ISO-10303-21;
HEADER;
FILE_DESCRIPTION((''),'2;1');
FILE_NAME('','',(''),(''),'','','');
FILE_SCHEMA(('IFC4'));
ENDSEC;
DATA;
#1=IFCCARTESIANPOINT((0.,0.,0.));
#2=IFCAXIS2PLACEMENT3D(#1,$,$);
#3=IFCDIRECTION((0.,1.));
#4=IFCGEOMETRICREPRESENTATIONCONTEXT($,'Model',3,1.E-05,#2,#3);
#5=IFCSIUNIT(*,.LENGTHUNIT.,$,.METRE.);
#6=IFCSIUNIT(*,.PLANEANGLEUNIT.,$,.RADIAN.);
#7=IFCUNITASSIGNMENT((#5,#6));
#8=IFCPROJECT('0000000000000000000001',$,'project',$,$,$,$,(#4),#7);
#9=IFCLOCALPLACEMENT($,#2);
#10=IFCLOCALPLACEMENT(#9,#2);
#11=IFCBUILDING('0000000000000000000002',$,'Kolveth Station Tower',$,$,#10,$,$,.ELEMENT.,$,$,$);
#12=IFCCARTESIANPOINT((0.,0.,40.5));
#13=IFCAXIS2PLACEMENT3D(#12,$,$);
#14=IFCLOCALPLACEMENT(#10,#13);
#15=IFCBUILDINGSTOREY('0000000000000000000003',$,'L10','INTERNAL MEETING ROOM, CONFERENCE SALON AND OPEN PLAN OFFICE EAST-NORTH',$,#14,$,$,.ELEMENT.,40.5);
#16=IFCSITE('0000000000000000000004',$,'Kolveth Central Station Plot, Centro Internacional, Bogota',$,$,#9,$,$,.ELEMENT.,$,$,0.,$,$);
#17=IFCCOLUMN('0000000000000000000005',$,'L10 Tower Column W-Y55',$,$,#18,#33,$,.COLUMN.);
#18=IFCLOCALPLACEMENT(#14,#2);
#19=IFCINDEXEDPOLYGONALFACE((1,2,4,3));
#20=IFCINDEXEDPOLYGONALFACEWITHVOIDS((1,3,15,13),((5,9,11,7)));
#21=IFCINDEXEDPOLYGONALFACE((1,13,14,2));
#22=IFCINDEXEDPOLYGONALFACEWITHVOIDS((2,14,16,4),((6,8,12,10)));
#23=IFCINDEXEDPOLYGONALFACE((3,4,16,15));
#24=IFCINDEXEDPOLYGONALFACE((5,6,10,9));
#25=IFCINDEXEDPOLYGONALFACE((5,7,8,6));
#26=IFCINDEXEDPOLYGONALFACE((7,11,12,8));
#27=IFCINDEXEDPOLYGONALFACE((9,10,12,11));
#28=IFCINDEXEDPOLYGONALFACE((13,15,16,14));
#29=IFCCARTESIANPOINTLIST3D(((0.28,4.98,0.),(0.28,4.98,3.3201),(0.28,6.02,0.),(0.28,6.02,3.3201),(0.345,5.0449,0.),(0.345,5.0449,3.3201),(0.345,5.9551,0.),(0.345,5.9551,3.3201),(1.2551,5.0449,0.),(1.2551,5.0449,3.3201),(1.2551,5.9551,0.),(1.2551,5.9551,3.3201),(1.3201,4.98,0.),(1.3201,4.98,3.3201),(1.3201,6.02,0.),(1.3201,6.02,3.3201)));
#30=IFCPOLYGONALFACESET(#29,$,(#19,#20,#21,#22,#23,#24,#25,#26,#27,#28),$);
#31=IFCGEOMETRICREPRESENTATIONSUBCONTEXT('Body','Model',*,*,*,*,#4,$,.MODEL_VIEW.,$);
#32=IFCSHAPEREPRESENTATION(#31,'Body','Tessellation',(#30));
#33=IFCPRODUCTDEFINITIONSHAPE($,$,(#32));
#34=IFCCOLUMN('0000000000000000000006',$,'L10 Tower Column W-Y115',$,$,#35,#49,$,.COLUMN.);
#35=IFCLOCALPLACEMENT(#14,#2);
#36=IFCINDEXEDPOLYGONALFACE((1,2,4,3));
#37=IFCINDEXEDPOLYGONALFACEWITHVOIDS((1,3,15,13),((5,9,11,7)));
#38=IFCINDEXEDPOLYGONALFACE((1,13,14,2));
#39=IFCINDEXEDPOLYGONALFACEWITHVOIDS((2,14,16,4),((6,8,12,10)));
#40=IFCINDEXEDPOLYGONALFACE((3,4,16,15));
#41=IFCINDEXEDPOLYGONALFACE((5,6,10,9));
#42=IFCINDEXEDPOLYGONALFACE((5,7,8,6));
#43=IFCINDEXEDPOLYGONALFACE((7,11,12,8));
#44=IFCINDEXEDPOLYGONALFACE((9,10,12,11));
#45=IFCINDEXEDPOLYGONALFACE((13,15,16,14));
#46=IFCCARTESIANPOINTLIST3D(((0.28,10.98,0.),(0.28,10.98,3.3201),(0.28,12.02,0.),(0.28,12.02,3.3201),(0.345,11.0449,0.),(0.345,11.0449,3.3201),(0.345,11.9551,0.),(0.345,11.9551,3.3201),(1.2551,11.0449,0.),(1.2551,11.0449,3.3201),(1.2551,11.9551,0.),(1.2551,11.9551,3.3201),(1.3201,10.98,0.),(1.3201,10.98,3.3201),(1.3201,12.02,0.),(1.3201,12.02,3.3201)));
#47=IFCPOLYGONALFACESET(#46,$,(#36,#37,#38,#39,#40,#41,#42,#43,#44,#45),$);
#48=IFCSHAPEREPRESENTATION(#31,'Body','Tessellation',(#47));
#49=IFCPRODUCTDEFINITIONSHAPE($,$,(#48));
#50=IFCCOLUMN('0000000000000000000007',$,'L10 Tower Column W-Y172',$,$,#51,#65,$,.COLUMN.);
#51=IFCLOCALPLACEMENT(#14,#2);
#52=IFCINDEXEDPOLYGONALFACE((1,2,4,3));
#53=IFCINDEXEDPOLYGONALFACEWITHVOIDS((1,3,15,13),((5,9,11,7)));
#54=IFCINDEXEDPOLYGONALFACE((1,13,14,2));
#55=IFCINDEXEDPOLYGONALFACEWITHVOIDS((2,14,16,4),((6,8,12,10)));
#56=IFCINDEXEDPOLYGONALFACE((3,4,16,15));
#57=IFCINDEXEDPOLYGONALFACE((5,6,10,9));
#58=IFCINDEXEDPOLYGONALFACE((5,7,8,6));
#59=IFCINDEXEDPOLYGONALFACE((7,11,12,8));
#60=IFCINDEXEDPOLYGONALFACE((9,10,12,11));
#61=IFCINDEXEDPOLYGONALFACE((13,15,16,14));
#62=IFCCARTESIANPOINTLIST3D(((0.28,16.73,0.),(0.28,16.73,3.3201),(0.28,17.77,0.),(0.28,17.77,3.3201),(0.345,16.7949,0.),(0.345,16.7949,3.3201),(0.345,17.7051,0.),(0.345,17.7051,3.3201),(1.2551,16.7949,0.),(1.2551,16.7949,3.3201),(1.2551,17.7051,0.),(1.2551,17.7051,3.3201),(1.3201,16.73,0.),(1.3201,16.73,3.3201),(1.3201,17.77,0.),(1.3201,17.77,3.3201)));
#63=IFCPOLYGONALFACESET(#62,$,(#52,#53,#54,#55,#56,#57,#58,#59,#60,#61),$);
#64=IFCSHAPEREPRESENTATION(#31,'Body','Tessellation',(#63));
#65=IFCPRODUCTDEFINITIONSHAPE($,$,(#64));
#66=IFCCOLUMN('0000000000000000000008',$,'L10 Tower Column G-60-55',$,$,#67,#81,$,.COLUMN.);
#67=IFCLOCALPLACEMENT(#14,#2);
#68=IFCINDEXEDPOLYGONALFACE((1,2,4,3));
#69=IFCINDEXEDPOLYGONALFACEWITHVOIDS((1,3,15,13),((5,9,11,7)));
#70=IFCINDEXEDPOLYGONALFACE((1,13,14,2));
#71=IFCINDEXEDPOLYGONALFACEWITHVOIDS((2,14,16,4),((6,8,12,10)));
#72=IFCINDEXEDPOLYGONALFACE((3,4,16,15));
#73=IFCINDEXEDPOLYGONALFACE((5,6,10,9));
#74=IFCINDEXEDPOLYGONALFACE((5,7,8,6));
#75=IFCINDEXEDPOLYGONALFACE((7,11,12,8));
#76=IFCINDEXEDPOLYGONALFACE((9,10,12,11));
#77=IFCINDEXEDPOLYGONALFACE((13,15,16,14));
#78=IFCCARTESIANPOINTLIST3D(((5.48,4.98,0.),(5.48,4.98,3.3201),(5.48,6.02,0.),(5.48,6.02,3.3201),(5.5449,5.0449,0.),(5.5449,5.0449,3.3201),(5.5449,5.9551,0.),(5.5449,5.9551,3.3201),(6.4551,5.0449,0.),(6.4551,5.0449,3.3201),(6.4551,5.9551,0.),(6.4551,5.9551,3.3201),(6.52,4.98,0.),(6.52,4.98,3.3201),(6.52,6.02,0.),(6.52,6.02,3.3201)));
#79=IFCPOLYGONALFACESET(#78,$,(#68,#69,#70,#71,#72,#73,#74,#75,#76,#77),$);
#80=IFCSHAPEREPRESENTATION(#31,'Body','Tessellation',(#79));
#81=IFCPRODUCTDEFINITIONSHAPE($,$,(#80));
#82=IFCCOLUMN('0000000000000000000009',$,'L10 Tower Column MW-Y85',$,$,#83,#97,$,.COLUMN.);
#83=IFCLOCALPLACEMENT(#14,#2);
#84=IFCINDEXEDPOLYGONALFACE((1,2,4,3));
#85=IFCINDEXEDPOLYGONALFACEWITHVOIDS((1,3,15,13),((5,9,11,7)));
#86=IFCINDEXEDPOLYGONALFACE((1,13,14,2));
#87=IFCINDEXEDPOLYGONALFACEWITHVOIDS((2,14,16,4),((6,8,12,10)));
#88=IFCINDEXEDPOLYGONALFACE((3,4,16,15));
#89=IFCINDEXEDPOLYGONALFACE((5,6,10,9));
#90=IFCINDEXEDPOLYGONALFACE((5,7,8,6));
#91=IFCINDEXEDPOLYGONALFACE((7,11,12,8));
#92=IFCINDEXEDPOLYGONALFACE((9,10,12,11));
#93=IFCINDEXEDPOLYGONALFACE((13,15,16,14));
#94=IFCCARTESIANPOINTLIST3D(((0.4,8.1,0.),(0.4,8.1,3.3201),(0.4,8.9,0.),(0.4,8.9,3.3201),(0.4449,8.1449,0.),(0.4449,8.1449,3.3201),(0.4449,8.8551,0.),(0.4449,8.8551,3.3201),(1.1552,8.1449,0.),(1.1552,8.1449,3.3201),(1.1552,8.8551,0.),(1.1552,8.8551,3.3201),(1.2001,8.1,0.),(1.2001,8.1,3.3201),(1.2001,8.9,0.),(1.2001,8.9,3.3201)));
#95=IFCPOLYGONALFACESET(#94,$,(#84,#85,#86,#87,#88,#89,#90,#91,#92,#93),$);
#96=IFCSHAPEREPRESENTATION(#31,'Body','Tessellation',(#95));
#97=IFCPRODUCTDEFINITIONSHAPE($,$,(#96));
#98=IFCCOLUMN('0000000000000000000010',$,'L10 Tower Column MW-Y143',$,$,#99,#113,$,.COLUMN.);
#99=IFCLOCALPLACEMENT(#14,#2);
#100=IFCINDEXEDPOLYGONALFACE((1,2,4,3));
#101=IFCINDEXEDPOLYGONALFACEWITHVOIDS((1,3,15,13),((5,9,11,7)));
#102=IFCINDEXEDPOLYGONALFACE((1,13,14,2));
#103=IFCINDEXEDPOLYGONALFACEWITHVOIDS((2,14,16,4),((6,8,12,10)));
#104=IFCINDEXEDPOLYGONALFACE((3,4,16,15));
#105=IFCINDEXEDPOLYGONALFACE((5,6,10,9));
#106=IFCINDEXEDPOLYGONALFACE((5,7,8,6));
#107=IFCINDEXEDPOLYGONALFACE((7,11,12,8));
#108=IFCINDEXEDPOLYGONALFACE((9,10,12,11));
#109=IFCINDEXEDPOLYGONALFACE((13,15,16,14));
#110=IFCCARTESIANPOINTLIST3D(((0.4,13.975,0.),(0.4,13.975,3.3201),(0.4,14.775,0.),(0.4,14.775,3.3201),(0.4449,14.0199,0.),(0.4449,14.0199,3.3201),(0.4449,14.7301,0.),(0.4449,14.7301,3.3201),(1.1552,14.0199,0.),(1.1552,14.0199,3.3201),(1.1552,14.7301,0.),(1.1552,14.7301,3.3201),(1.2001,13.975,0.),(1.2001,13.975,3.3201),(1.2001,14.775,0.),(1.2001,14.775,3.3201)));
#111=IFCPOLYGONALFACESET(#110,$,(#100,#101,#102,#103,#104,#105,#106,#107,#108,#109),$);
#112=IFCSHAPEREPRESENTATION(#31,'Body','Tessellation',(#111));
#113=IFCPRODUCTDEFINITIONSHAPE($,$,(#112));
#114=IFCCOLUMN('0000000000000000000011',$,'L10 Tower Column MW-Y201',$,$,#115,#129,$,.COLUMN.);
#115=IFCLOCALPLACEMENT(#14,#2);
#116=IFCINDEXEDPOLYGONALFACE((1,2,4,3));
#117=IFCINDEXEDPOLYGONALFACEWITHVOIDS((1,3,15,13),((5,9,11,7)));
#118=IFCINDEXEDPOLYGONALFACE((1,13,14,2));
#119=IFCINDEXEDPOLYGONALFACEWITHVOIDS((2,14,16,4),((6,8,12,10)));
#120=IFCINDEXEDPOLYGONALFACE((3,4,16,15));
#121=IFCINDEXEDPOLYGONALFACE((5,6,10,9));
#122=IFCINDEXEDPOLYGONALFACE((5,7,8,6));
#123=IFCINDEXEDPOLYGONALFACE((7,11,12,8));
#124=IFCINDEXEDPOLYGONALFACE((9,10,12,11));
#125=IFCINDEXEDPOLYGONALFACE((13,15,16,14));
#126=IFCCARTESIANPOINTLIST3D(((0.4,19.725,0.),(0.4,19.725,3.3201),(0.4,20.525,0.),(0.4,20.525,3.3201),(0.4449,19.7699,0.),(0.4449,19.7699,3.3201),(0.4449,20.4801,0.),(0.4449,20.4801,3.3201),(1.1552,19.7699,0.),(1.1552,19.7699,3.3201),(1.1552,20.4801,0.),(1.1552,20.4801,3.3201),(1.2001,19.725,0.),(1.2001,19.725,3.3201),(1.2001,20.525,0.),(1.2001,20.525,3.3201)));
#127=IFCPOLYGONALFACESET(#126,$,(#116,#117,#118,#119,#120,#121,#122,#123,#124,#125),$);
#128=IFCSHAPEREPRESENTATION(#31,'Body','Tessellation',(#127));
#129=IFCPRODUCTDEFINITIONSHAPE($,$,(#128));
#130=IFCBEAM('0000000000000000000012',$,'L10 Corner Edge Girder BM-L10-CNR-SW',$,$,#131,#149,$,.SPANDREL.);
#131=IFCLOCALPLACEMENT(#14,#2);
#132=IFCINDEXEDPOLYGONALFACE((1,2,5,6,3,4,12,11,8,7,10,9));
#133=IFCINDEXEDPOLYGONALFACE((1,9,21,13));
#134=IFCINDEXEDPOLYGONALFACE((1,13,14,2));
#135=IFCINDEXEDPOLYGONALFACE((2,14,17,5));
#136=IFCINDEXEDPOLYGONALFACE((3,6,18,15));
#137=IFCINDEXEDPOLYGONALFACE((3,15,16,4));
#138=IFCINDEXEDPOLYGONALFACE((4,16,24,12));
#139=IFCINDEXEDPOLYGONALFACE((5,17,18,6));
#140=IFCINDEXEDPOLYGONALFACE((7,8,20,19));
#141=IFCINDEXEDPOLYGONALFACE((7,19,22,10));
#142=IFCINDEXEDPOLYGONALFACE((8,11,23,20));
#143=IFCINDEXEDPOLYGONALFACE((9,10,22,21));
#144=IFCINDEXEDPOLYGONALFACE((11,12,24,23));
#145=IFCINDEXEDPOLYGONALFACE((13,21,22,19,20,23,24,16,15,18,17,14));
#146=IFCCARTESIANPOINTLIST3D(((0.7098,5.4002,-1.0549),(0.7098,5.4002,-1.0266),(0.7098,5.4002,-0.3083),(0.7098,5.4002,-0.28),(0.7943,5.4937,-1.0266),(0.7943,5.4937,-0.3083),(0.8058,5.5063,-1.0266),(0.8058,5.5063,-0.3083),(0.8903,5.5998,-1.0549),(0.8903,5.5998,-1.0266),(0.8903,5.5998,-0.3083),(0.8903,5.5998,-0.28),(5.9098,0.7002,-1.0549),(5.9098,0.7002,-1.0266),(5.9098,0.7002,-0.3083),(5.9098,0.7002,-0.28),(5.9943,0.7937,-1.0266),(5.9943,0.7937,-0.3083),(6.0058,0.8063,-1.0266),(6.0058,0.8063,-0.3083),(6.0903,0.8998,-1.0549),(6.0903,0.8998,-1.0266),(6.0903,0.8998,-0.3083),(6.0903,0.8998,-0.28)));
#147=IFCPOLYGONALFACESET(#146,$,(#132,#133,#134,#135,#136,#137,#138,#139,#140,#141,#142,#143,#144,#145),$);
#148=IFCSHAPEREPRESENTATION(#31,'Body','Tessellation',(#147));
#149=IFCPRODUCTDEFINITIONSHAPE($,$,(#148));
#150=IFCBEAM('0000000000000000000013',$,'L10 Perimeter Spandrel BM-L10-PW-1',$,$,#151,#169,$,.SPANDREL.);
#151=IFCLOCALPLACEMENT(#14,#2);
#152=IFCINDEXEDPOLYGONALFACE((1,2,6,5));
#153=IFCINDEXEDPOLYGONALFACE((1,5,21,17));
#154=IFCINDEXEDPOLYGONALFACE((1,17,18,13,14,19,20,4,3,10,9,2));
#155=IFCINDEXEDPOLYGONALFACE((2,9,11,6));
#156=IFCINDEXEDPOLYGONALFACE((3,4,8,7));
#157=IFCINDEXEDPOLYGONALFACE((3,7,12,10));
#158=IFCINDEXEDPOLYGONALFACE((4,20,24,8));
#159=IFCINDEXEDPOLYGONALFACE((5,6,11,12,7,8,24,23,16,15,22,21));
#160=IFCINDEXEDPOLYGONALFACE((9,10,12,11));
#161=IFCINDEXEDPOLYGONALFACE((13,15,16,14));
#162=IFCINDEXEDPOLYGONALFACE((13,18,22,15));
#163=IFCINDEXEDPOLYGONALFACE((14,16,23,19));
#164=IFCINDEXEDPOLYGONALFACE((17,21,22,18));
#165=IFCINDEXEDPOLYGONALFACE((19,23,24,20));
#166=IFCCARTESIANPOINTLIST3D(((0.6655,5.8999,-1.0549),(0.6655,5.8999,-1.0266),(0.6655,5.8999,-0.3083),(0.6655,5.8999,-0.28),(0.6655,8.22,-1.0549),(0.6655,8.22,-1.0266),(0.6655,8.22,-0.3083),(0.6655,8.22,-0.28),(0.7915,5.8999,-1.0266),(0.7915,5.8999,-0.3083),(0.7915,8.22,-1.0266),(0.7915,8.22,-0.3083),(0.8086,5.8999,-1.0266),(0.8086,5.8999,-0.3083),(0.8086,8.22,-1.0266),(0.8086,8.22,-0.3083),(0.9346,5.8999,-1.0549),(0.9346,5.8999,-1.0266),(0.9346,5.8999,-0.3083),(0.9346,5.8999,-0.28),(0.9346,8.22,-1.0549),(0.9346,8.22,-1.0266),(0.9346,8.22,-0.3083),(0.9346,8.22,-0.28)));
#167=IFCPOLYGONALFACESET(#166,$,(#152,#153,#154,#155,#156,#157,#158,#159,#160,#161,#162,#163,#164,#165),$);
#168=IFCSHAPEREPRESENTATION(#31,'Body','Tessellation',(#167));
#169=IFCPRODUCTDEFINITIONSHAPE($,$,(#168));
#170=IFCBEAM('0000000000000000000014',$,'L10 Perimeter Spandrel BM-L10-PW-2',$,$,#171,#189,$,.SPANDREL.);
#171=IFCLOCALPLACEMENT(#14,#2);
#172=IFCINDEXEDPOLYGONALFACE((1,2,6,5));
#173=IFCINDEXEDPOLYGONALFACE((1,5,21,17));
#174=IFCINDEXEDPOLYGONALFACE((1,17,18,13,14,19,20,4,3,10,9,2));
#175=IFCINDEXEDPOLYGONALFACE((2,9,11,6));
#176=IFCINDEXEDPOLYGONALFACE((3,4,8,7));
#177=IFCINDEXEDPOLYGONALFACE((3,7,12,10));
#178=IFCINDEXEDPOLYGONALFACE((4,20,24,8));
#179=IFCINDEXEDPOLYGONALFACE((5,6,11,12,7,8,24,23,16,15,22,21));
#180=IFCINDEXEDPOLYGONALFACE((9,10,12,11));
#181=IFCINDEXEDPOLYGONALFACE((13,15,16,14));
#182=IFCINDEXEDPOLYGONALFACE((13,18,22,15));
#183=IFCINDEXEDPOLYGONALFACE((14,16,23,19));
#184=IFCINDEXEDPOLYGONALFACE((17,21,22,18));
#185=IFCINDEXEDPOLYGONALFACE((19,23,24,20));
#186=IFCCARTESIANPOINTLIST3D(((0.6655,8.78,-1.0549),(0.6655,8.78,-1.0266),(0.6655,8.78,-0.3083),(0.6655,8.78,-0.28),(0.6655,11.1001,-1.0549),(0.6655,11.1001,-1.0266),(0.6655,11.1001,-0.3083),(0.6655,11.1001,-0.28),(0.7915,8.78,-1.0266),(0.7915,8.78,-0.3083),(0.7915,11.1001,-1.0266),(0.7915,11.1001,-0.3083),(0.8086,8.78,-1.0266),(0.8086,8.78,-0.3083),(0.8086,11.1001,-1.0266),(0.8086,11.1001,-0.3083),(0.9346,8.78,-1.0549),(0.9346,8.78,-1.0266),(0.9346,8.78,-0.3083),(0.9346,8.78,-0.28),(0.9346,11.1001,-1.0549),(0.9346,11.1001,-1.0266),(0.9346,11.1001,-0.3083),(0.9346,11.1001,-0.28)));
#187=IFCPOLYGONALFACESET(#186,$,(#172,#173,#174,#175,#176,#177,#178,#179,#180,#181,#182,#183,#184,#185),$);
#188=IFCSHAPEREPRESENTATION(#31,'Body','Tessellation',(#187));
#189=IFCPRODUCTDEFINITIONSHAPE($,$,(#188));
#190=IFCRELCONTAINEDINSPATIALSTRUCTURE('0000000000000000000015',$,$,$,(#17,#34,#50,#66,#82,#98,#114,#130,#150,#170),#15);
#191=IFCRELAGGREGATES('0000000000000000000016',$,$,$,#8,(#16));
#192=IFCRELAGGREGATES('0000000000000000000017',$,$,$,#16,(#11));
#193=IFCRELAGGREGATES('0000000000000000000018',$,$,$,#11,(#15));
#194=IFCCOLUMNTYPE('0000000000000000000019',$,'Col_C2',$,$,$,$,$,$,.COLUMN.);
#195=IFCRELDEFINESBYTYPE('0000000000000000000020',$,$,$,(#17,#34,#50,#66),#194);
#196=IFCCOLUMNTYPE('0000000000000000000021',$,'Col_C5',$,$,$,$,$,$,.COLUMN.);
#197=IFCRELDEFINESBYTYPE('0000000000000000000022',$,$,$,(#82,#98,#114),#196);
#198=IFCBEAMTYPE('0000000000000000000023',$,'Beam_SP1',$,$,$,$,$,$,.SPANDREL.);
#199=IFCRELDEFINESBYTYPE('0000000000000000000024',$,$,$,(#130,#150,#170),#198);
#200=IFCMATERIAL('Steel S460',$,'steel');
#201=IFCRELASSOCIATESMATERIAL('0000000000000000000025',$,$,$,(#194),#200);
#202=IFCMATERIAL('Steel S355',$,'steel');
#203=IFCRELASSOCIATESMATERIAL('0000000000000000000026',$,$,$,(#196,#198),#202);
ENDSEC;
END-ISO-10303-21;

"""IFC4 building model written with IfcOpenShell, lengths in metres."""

from ifc_helpers import new_model, si_unit, direction, frame, origin, origin_2d, place, context, subcontext, project, spatial, hollow_rectangle, i_section, extrude, source, transform, mapped, material, material_profile, profile_set, type_object, element, save


model = new_model("IFC4")

# Units and contexts
model_context = context("Model", 3, precision=1e-05, world=origin(), true_north=direction((0.0, 1.0)))
body_context = subcontext(model_context, "Body", "Model", "MODEL_VIEW")
ifc_project = project(units=[si_unit("LENGTHUNIT", "METRE"), si_unit("PLANEANGLEUNIT", "RADIAN")], contexts=[model_context])

# Site, building, storey
site_placement = place(None, origin())
site = spatial("IfcSite", under=ifc_project, at=site_placement, Name="Kolveth Central Station Plot, Centro Internacional, Bogota", CompositionType="ELEMENT", RefElevation=0.0)
building_placement = place(site_placement, origin())
building = spatial("IfcBuilding", under=site, at=building_placement, Name="Kolveth Station Tower", CompositionType="ELEMENT")
storey_placement = place(building_placement, frame((0.0, 0.0, 40.5)))
storey = spatial("IfcBuildingStorey", under=building, at=storey_placement, Name="L10", Description="INTERNAL MEETING ROOM, CONFERENCE SALON AND OPEN PLAN OFFICE EAST-NORTH", CompositionType="ELEMENT", Elevation=40.5)

# Columns
ifc_material_1 = material(Name="Steel S460", Category="steel")
ifc_material_profile_1 = material_profile(ifc_material_1, hollow_rectangle(XDim=1.04, YDim=1.04, WallThickness=0.0649, at=origin_2d()), Name="BOX1040x1040x65")
ifc_profile_set_1 = profile_set([ifc_material_profile_1], Name="Steel S460")
column_type_1 = type_object("IfcColumnType", Name="Col_C2", PredefinedType="COLUMN", material=ifc_profile_set_1)
shared_shape_1 = source(origin(), body_context, "Body", "SweptSolid", [
    extrude(hollow_rectangle(XDim=1.04, YDim=1.04, WallThickness=0.0649, at=origin_2d()), origin(), (0.0, 0.0, 1.0), 3.3201),
])
for number, where, z_axis, x_axis, name in (
    (1, (0.8, 5.5, 0.0), (0.0, 0.0, 1.0), (1.0, 0.0, 0.0), "L10 Tower Column W-Y55"),
    (2, (0.8, 11.5, 0.0), (0.0, 0.0, 1.0), (1.0, 0.0, 0.0), "L10 Tower Column W-Y115"),
    (3, (0.8, 17.25, 0.0), (0.0, 0.0, 1.0), (1.0, 0.0, 0.0), "L10 Tower Column W-Y172"),
    (4, (6.0, 5.5, 0.0), (0.0, 0.0, 1.0), (1.0, 0.0, 0.0), "L10 Tower Column G-60-55"),
):
    element("IfcColumn", number, at=place(storey_placement, frame(where, z_axis=z_axis, x_axis=x_axis)), inside=storey, type_object=column_type_1, Name=name, PredefinedType="COLUMN", context=body_context, shape_type="MappedRepresentation", body=[
        mapped(shared_shape_1, transform((0.0, 0.0, 0.0), x_axis=(1.0, 0.0, 0.0), y_axis=(0.0, 1.0, 0.0), z_axis=(0.0, 0.0, 1.0), scale=1.0)),
    ])
ifc_material_2 = material(Name="Steel S355", Category="steel")
ifc_material_profile_2 = material_profile(ifc_material_2, hollow_rectangle(XDim=0.8, YDim=0.8, WallThickness=0.0449, at=origin_2d()), Name="BOX800x800x45")
ifc_profile_set_2 = profile_set([ifc_material_profile_2], Name="Steel S355")
column_type_2 = type_object("IfcColumnType", Name="Col_C5", PredefinedType="COLUMN", material=ifc_profile_set_2)
shared_shape_2 = source(origin(), body_context, "Body", "SweptSolid", [
    extrude(hollow_rectangle(XDim=0.8, YDim=0.8, WallThickness=0.0449, at=origin_2d()), origin(), (0.0, 0.0, 1.0), 3.3201),
])
for number, where, z_axis, x_axis, name in (
    (5, (0.8, 8.5, 0.0), (0.0, 0.0, 1.0), (1.0, 0.0, 0.0), "L10 Tower Column MW-Y85"),
    (6, (0.8, 14.375, 0.0), (0.0, 0.0, 1.0), (1.0, 0.0, 0.0), "L10 Tower Column MW-Y143"),
    (7, (0.8, 20.125, 0.0), (0.0, 0.0, 1.0), (1.0, 0.0, 0.0), "L10 Tower Column MW-Y201"),
):
    element("IfcColumn", number, at=place(storey_placement, frame(where, z_axis=z_axis, x_axis=x_axis)), inside=storey, type_object=column_type_2, Name=name, PredefinedType="COLUMN", context=body_context, shape_type="MappedRepresentation", body=[
        mapped(shared_shape_2, transform((0.0, 0.0, 0.0), x_axis=(1.0, 0.0, 0.0), y_axis=(0.0, 1.0, 0.0), z_axis=(0.0, 0.0, 1.0), scale=1.0)),
    ])

# Beams
ifc_material_profile_3 = material_profile(ifc_material_2, i_section(OverallWidth=0.269, OverallDepth=0.7749, WebThickness=0.0171, FlangeThickness=0.0283, at=origin_2d()), Name="W760x220")
ifc_profile_set_3 = profile_set([ifc_material_profile_3], Name="Steel S355")
beam_type_1 = type_object("IfcBeamType", Name="Beam_SP1", PredefinedType="SPANDREL", material=ifc_profile_set_3)
shared_shape_3 = source(origin(), body_context, "Body", "SweptSolid", [
    extrude(i_section(OverallWidth=0.269, OverallDepth=0.7749, WebThickness=0.0171, FlangeThickness=0.0283, at=origin_2d()), origin(), (0.0, 0.0, 1.0), 7.0093),
])
beam_1_placement = place(storey_placement, frame((0.8, 5.5, -0.6675), z_axis=(0.741874, -0.670539, 0.0), x_axis=(0.670539, 0.741874, 0.0)))
element("IfcBeam", 8, at=beam_1_placement, inside=storey, type_object=beam_type_1, Name="L10 Corner Edge Girder BM-L10-CNR-SW", PredefinedType="SPANDREL", context=body_context, shape_type="MappedRepresentation", body=[
    mapped(shared_shape_3, transform((0.0, 0.0, 0.0), x_axis=(1.0, 0.0, 0.0), y_axis=(0.0, 1.0, 0.0), z_axis=(0.0, 0.0, 1.0), scale=1.0)),
])
shared_shape_4 = source(origin(), body_context, "Body", "SweptSolid", [
    extrude(i_section(OverallWidth=0.269, OverallDepth=0.7749, WebThickness=0.0171, FlangeThickness=0.0283, at=origin_2d()), origin(), (0.0, 0.0, 1.0), 2.3201),
])
for number, where, z_axis, x_axis, name in (
    (9, (0.8, 5.8999, -0.6675), (0.0, 1.0, 0.0), (-1.0, 0.0, 0.0), "L10 Perimeter Spandrel BM-L10-PW-1"),
    (10, (0.8, 8.78, -0.6675), (0.0, 1.0, 0.0), (-1.0, 0.0, 0.0), "L10 Perimeter Spandrel BM-L10-PW-2"),
):
    element("IfcBeam", number, at=place(storey_placement, frame(where, z_axis=z_axis, x_axis=x_axis)), inside=storey, type_object=beam_type_1, Name=name, PredefinedType="SPANDREL", context=body_context, shape_type="MappedRepresentation", body=[
        mapped(shared_shape_4, transform((0.0, 0.0, 0.0), x_axis=(1.0, 0.0, 0.0), y_axis=(0.0, 1.0, 0.0), z_axis=(0.0, 0.0, 1.0), scale=1.0)),
    ])

save(model, "model.ifc")
